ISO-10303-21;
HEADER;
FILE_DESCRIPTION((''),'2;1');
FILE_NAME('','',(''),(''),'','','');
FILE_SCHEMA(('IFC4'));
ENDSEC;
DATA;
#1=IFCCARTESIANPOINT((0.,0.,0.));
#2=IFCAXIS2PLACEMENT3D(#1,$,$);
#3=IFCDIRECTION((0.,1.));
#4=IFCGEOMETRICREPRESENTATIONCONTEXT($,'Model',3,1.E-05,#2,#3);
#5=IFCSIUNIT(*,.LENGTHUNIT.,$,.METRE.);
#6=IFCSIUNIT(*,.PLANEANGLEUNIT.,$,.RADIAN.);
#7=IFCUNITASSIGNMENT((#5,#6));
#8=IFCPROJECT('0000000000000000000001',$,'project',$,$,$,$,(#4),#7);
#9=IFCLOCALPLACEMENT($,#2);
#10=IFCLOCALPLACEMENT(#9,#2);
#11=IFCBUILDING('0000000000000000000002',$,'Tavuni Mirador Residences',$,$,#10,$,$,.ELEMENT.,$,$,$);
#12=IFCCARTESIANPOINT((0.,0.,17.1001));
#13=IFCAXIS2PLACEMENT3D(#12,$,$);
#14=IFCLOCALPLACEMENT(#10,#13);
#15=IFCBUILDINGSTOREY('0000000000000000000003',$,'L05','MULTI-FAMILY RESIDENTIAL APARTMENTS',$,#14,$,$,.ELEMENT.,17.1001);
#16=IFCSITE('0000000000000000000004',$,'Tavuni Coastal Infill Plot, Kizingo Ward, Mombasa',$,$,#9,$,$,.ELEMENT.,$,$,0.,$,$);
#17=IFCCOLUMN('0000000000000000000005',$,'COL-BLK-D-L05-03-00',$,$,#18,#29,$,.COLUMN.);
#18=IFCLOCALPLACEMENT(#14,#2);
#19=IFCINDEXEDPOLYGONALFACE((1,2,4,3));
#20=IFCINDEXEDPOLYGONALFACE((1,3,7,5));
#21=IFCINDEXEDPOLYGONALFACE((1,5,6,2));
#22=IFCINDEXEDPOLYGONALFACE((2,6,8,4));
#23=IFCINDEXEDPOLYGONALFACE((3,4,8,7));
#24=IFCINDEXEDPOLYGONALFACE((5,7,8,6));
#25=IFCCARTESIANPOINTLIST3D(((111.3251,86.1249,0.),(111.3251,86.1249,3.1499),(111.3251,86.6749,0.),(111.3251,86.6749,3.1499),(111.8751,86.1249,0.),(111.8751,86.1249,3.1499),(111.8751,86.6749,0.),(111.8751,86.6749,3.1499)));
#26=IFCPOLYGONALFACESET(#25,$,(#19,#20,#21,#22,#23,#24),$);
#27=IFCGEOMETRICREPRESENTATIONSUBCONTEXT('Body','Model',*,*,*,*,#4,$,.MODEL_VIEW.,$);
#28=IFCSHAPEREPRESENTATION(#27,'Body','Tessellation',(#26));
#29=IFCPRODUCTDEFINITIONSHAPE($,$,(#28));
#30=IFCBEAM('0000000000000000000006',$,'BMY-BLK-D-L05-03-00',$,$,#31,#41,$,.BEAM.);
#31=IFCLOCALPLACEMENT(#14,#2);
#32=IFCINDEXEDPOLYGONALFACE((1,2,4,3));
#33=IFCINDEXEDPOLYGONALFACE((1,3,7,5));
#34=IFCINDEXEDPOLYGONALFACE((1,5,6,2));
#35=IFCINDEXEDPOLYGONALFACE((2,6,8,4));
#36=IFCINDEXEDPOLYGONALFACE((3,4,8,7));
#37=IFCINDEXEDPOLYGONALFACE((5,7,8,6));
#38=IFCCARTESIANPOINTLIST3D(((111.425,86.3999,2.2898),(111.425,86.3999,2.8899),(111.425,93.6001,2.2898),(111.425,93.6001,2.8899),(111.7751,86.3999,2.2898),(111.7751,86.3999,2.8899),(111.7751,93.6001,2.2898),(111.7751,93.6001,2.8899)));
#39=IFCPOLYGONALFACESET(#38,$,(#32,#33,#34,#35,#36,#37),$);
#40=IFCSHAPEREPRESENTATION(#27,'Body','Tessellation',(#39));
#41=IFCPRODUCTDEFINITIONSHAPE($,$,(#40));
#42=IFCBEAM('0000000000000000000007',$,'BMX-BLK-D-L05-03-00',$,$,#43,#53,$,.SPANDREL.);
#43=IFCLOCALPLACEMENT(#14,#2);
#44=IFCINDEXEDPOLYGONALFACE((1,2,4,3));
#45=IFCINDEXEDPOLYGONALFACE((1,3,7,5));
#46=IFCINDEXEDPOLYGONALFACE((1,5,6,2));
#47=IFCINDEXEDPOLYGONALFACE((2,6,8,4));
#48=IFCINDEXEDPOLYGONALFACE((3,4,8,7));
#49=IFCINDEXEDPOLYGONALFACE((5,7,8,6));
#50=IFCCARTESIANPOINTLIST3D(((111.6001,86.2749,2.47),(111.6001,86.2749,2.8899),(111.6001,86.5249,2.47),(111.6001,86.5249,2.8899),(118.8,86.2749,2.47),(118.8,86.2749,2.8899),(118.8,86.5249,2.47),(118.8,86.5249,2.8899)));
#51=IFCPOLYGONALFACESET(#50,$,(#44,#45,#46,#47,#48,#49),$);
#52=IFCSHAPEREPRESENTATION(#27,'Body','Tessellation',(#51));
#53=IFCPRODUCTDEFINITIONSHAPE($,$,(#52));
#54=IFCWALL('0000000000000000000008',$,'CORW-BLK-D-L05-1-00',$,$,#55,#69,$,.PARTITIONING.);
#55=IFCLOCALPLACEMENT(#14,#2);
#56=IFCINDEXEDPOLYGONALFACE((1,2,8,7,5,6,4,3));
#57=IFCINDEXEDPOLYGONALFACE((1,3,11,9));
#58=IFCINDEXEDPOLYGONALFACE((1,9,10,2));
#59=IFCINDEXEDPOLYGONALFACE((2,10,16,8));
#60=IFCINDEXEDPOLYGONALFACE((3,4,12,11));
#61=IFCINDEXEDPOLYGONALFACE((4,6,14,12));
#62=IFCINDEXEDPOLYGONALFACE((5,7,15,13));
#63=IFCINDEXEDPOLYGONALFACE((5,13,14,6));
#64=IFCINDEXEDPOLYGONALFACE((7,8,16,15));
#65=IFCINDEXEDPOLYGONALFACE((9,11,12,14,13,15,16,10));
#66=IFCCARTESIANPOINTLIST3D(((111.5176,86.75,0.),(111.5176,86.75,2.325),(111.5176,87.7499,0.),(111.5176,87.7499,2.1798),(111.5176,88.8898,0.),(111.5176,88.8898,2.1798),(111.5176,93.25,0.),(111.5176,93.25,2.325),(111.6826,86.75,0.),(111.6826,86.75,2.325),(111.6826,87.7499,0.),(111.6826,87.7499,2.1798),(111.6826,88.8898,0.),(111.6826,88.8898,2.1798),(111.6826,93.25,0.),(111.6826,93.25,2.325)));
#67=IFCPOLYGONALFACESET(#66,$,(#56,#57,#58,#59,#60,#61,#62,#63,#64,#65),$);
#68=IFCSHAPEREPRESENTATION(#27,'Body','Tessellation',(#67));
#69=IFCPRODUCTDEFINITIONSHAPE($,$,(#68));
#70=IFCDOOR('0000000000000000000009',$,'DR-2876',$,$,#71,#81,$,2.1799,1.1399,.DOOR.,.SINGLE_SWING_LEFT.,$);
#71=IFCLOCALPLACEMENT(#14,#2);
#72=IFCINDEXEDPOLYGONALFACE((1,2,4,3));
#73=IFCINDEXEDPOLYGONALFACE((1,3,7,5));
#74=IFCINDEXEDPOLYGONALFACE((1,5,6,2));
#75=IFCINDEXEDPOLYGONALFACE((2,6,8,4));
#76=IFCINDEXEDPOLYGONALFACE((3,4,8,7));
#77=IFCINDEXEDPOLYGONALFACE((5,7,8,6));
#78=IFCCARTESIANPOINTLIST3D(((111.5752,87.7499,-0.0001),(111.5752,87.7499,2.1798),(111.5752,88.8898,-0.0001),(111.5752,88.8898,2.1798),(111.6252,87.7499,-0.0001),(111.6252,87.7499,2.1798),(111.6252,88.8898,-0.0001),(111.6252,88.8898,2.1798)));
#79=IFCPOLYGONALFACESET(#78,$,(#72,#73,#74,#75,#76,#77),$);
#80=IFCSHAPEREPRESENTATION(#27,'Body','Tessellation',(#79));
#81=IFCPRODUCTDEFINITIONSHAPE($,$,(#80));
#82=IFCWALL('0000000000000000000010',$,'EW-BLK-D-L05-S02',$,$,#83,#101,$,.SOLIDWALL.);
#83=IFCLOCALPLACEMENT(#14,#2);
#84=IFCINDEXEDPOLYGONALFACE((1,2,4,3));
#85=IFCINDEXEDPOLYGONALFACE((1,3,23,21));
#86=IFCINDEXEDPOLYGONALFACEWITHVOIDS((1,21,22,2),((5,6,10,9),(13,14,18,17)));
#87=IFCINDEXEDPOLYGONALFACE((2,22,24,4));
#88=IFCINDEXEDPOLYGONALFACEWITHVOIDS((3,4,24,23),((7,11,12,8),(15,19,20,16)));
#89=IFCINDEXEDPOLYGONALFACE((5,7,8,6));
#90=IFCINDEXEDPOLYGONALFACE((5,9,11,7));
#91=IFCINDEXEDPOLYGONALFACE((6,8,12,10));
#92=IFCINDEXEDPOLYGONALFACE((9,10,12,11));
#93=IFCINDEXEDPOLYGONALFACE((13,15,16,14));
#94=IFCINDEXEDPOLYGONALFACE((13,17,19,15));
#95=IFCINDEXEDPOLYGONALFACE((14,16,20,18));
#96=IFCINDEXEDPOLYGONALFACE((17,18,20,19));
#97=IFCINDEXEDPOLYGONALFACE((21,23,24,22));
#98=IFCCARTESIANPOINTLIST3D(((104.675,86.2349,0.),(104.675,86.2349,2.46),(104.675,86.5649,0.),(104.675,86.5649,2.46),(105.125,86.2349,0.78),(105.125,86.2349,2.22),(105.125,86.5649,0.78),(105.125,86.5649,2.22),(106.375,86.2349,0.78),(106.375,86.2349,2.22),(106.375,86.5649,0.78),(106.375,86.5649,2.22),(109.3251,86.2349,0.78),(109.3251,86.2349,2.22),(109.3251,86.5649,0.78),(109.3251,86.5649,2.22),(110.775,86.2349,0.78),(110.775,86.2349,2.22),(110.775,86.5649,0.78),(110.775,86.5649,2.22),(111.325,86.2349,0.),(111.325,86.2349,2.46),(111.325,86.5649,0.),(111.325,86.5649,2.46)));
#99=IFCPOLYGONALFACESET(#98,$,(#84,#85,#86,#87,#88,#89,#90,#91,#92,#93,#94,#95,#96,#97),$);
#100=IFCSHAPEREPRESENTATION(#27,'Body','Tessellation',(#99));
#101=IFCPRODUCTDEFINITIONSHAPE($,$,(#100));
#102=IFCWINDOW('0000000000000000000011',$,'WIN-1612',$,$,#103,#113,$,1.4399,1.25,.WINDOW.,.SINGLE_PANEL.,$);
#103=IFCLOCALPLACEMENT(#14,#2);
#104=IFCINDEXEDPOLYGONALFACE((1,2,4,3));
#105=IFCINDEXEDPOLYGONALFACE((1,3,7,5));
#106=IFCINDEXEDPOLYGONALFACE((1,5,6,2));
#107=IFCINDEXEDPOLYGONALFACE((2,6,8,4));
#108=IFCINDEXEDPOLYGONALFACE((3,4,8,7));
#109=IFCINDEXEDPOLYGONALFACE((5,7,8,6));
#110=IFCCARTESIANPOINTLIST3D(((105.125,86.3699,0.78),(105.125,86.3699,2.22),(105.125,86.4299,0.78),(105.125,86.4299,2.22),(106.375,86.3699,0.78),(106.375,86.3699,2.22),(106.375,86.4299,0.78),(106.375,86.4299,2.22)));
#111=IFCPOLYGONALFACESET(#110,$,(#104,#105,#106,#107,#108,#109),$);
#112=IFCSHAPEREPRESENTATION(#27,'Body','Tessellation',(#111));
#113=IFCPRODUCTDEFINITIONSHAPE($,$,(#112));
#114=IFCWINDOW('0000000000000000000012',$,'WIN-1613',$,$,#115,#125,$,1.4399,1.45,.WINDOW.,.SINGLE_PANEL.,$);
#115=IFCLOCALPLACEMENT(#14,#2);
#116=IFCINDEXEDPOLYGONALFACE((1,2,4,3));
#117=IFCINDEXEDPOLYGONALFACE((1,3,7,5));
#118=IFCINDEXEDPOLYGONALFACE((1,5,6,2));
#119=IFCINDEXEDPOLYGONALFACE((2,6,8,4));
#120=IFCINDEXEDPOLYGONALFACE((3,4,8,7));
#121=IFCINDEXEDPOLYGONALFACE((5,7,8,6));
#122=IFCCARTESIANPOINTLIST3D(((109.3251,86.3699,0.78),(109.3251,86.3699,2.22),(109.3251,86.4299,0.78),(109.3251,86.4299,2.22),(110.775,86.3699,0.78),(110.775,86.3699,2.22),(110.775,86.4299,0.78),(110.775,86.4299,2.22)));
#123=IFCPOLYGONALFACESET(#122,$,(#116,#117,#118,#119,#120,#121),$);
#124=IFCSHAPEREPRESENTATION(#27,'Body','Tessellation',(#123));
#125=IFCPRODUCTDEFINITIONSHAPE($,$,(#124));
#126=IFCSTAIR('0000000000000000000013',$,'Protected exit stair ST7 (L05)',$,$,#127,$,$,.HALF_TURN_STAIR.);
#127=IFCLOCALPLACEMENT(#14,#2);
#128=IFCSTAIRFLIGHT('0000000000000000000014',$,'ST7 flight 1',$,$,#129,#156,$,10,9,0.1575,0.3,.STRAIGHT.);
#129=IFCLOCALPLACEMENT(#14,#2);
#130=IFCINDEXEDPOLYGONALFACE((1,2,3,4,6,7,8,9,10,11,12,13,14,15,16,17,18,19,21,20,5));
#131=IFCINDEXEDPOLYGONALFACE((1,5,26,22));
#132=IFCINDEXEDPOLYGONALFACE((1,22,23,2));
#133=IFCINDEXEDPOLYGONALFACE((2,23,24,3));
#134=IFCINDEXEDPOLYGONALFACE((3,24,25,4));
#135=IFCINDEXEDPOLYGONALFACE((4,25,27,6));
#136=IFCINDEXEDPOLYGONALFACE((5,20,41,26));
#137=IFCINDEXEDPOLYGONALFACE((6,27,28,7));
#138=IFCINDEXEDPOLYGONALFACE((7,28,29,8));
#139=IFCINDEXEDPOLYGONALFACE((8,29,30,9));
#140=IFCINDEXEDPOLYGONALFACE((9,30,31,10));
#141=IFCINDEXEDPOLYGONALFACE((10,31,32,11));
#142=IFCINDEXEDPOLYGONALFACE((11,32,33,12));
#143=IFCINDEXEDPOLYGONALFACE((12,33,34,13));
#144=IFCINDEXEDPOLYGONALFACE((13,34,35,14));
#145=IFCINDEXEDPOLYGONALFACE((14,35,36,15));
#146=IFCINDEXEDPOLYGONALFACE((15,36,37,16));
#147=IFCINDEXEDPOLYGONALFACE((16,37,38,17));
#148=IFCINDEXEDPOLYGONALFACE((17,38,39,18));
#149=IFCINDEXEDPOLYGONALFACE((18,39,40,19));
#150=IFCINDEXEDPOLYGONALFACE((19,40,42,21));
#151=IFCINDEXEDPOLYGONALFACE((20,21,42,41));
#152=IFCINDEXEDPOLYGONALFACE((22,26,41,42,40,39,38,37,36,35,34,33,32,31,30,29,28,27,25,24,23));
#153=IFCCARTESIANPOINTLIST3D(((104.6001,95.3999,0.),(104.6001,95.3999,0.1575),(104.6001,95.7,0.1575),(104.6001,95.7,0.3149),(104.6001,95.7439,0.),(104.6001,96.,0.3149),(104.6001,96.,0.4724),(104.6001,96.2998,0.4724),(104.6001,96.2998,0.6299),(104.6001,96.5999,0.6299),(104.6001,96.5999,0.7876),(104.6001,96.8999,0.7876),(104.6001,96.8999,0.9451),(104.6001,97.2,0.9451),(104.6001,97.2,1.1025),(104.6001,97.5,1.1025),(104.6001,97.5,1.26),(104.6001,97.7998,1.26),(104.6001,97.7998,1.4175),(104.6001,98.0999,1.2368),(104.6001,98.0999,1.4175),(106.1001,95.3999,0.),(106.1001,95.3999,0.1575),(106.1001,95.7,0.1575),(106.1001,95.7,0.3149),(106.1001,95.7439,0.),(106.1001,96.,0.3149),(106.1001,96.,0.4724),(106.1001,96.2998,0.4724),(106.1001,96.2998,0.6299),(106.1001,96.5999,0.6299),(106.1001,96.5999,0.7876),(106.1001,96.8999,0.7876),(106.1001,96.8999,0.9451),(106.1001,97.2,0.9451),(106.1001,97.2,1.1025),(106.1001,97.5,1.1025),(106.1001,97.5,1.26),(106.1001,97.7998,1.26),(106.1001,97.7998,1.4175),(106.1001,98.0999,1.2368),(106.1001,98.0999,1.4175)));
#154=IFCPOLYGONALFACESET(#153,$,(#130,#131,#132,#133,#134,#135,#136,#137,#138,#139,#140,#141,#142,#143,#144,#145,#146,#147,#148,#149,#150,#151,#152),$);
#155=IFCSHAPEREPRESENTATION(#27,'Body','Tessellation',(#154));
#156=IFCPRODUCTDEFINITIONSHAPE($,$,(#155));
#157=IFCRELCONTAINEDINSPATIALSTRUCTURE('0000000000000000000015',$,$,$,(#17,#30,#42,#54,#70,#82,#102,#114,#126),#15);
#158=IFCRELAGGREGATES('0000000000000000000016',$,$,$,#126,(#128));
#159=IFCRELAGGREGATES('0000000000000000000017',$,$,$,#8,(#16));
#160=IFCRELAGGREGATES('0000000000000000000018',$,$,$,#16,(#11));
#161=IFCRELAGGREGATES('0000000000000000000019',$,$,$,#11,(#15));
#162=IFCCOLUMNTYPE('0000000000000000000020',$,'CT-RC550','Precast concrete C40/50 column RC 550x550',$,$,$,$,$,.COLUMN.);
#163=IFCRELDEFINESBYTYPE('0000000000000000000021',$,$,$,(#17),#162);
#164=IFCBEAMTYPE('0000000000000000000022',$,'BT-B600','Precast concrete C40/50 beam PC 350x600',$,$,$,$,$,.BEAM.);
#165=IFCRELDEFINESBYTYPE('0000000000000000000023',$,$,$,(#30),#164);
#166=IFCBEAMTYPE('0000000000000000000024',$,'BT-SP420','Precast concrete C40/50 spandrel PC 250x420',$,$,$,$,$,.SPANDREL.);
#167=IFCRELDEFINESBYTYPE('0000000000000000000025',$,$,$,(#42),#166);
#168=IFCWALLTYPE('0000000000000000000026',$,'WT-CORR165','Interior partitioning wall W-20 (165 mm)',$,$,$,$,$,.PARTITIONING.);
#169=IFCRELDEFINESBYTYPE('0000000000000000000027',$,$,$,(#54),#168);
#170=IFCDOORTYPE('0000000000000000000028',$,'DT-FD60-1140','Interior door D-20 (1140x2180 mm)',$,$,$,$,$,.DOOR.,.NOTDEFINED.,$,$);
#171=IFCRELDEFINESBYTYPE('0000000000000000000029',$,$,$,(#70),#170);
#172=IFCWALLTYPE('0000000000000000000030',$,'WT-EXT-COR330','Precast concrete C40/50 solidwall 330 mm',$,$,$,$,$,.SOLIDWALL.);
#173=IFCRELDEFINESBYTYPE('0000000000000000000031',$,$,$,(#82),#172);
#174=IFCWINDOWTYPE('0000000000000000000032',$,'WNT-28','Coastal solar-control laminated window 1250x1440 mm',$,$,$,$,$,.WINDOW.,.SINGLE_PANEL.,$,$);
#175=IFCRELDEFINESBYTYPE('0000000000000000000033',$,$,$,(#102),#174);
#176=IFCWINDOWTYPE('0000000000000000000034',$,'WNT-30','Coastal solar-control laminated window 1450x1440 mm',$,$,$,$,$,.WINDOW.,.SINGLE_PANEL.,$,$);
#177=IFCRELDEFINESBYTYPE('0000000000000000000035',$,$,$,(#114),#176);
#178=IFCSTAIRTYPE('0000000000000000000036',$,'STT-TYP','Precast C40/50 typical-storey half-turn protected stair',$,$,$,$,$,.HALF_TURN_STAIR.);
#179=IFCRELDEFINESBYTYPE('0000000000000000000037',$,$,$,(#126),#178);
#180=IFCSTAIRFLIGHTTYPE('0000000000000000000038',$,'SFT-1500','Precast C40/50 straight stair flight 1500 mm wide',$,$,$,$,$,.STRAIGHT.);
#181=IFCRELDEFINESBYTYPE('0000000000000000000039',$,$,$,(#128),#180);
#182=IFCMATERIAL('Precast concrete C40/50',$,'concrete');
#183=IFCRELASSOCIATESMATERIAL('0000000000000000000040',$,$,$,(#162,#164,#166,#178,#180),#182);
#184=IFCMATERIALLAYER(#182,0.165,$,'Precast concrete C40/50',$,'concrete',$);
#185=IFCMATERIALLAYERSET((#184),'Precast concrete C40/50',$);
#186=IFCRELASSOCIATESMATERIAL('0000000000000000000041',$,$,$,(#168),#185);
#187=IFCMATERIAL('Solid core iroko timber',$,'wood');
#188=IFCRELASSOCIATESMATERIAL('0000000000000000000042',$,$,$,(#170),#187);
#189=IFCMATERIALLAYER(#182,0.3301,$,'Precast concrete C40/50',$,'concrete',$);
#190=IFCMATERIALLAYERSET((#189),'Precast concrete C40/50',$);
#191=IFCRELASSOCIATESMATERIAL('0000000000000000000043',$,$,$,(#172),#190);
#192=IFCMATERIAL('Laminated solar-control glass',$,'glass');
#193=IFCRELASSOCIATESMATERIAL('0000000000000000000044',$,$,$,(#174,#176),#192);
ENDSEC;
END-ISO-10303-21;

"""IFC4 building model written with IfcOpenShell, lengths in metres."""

from ifc_helpers import new_model, si_unit, direction, frame, frame_2d, origin, origin_2d, place, context, subcontext, project, spatial, polyline, rectangle, outline, extrude, material, layer, layer_set, material_profile, profile_set, type_object, element, fill, aggregate, save


model = new_model("IFC4")

# Units and contexts
model_context = context("Model", 3, precision=1e-05, world=origin(), true_north=direction((0.0, 1.0)))
body_context = subcontext(model_context, "Body", "Model", "MODEL_VIEW")
ifc_project = project(units=[si_unit("LENGTHUNIT", "METRE"), si_unit("PLANEANGLEUNIT", "RADIAN")], contexts=[model_context])

# Site, building, storey
site_placement = place(None, origin())
site = spatial("IfcSite", under=ifc_project, at=site_placement, Name="Tavuni Coastal Infill Plot, Kizingo Ward, Mombasa", CompositionType="ELEMENT", RefElevation=0.0)
building_placement = place(site_placement, origin())
building = spatial("IfcBuilding", under=site, at=building_placement, Name="Tavuni Mirador Residences", CompositionType="ELEMENT")
storey_placement = place(building_placement, frame((0.0, 0.0, 17.1001)))
storey = spatial("IfcBuildingStorey", under=building, at=storey_placement, Name="L05", Description="MULTI-FAMILY RESIDENTIAL APARTMENTS", CompositionType="ELEMENT", Elevation=17.1001)

# Column
ifc_material_1 = material(Name="Precast concrete C40/50", Category="concrete")
ifc_material_profile_1 = material_profile(ifc_material_1, rectangle(XDim=0.55, YDim=0.55, at=origin_2d()), Name="RC 550x550", Category="concrete")
ifc_profile_set_1 = profile_set([ifc_material_profile_1], Name="Precast concrete C40/50")
column_type = type_object("IfcColumnType", Name="CT-RC550", Description="Precast concrete C40/50 column RC 550x550", PredefinedType="COLUMN", material=ifc_profile_set_1)
column_placement = place(storey_placement, frame((111.6001, 86.3999, 0.0), z_axis=(0.0, 0.0, 1.0), x_axis=(1.0, 0.0, 0.0)))
element("IfcColumn", 1, at=column_placement, inside=storey, type_object=column_type, Name="COL-BLK-D-L05-03-00", PredefinedType="COLUMN", context=body_context, shape_type="SweptSolid", body=[
    extrude(rectangle(XDim=0.55, YDim=0.55, at=origin_2d()), origin(), (0.0, 0.0, 1.0), 3.1499),
])

# Beams
ifc_material_profile_2 = material_profile(ifc_material_1, rectangle(XDim=0.3501, YDim=0.6001, at=origin_2d()), Name="PC 350x600", Category="concrete")
ifc_profile_set_2 = profile_set([ifc_material_profile_2], Name="Precast concrete C40/50")
beam_type_1 = type_object("IfcBeamType", Name="BT-B600", Description="Precast concrete C40/50 beam PC 350x600", PredefinedType="BEAM", material=ifc_profile_set_2)
beam_1_placement = place(storey_placement, frame((111.6001, 86.3999, 2.5898), z_axis=(0.0, 1.0, 0.0), x_axis=(-1.0, 0.0, 0.0)))
element("IfcBeam", 2, at=beam_1_placement, inside=storey, type_object=beam_type_1, Name="BMY-BLK-D-L05-03-00", PredefinedType="BEAM", context=body_context, shape_type="SweptSolid", body=[
    extrude(rectangle(XDim=0.3501, YDim=0.6001, at=origin_2d()), origin(), (0.0, 0.0, 1.0), 7.2002),
])
ifc_material_profile_3 = material_profile(ifc_material_1, rectangle(XDim=0.25, YDim=0.4199, at=origin_2d()), Name="PC 250x420", Category="concrete")
ifc_profile_set_3 = profile_set([ifc_material_profile_3], Name="Precast concrete C40/50")
beam_type_2 = type_object("IfcBeamType", Name="BT-SP420", Description="Precast concrete C40/50 spandrel PC 250x420", PredefinedType="SPANDREL", material=ifc_profile_set_3)
beam_2_placement = place(storey_placement, frame((111.6001, 86.3999, 2.6799), z_axis=(1.0, 0.0, 0.0), x_axis=(0.0, 1.0, 0.0)))
element("IfcBeam", 3, at=beam_2_placement, inside=storey, type_object=beam_type_2, Name="BMX-BLK-D-L05-03-00", PredefinedType="SPANDREL", context=body_context, shape_type="SweptSolid", body=[
    extrude(rectangle(XDim=0.25, YDim=0.4199, at=origin_2d()), origin(), (0.0, 0.0, 1.0), 7.2),
])

# Wall, opening, door
ifc_material_2 = material(Name="Solid core iroko timber", Category="wood")
ifc_layer_1 = layer(ifc_material_1, 0.165, Name="Precast concrete C40/50", Category="concrete")
ifc_layer_set_1 = layer_set([ifc_layer_1], Name="Precast concrete C40/50")
wall_type_1 = type_object("IfcWallType", Name="WT-CORR165", Description="Interior partitioning wall W-20 (165 mm)", PredefinedType="PARTITIONING", material=ifc_layer_set_1)
wall_1_placement = place(storey_placement, frame((111.6001, 86.75, 0.0), z_axis=(0.0, 0.0, 1.0), x_axis=(0.0, 1.0, 0.0)))
wall_1 = element("IfcWall", 4, at=wall_1_placement, inside=storey, type_object=wall_type_1, Name="CORW-BLK-D-L05-1-00", PredefinedType="PARTITIONING", context=body_context, shape_type="SweptSolid", body=[
    extrude(rectangle(XDim=6.5, YDim=0.165, at=frame_2d((3.25, 0.0))), origin(), (0.0, 0.0, 1.0), 2.325),
])
opening_1_placement = place(wall_1_placement, frame((1.0, 0.0, 0.0)))
opening_1 = element("IfcOpeningElement", 5, at=opening_1_placement, cuts=wall_1, PredefinedType="OPENING", context=body_context, shape_type="SweptSolid", body=[
    extrude(rectangle(XDim=1.1399, YDim=2.1799, at=frame_2d((0.5698, 1.0898))), frame((0.0, 0.0925, 0.0), z_axis=(0.0, -1.0, 0.0), x_axis=(1.0, 0.0, 0.0)), (0.0, 0.0, 1.0), 0.1851),
])
door_type_1 = type_object("IfcDoorType", Name="DT-FD60-1140", Description="Interior door D-20 (1140x2180 mm)", OperationType="NOTDEFINED", PredefinedType="DOOR", material=ifc_material_2)
door_1_placement = place(opening_1_placement, origin())
door_1 = element("IfcDoor", 6, at=door_1_placement, inside=storey, type_object=door_type_1, Name="DR-2876", OperationType="SINGLE_SWING_LEFT", OverallHeight=2.1799, OverallWidth=1.1399, PredefinedType="DOOR", context=body_context, shape_type="SweptSolid", body=[
    extrude(rectangle(XDim=1.1399, YDim=2.1799, at=frame_2d((0.5698, 1.0898))), frame((0.0, 0.0249, 0.0), z_axis=(0.0, -1.0, 0.0), x_axis=(1.0, 0.0, 0.0)), (0.0, 0.0, 1.0), 0.05),
])
fill(opening_1, door_1)

# Wall, openings, windows
ifc_layer_2 = layer(ifc_material_1, 0.3301, Name="Precast concrete C40/50", Category="concrete")
ifc_layer_set_2 = layer_set([ifc_layer_2], Name="Precast concrete C40/50")
wall_type_2 = type_object("IfcWallType", Name="WT-EXT-COR330", Description="Precast concrete C40/50 solidwall 330 mm", PredefinedType="SOLIDWALL", material=ifc_layer_set_2)
wall_2_placement = place(storey_placement, frame((104.675, 86.3999, 0.0), z_axis=(0.0, 0.0, 1.0), x_axis=(1.0, 0.0, 0.0)))
wall_2 = element("IfcWall", 7, at=wall_2_placement, inside=storey, type_object=wall_type_2, Name="EW-BLK-D-L05-S02", PredefinedType="SOLIDWALL", context=body_context, shape_type="SweptSolid", body=[
    extrude(rectangle(XDim=6.6499, YDim=0.3301, at=frame_2d((3.325, 0.0))), origin(), (0.0, 0.0, 1.0), 2.46),
])
opening_2_placement = place(wall_2_placement, frame((0.45, 0.0, 0.78)))
opening_2 = element("IfcOpeningElement", 8, at=opening_2_placement, cuts=wall_2, PredefinedType="OPENING", context=body_context, shape_type="SweptSolid", body=[
    extrude(rectangle(XDim=1.25, YDim=1.4399, at=frame_2d((0.625, 0.72))), frame((0.0, 0.175, 0.0), z_axis=(0.0, -1.0, 0.0), x_axis=(1.0, 0.0, 0.0)), (0.0, 0.0, 1.0), 0.3501),
])
opening_3_placement = place(wall_2_placement, frame((4.6499, 0.0, 0.78)))
opening_3 = element("IfcOpeningElement", 9, at=opening_3_placement, cuts=wall_2, PredefinedType="OPENING", context=body_context, shape_type="SweptSolid", body=[
    extrude(rectangle(XDim=1.45, YDim=1.4399, at=frame_2d((0.7251, 0.72))), frame((0.0, 0.175, 0.0), z_axis=(0.0, -1.0, 0.0), x_axis=(1.0, 0.0, 0.0)), (0.0, 0.0, 1.0), 0.3501),
])
ifc_material_3 = material(Name="Laminated solar-control glass", Category="glass")
window_type_1 = type_object("IfcWindowType", Name="WNT-28", Description="Coastal solar-control laminated window 1250x1440 mm", PartitioningType="SINGLE_PANEL", PredefinedType="WINDOW", material=ifc_material_3)
window_1_placement = place(opening_2_placement, origin())
window_1 = element("IfcWindow", 10, at=window_1_placement, inside=storey, type_object=window_type_1, Name="WIN-1612", OverallHeight=1.4399, OverallWidth=1.25, PartitioningType="SINGLE_PANEL", PredefinedType="WINDOW", context=body_context, shape_type="SweptSolid", body=[
    extrude(rectangle(XDim=1.25, YDim=1.4399, at=frame_2d((0.625, 0.72))), frame((0.0, 0.03, 0.0), z_axis=(0.0, -1.0, 0.0), x_axis=(1.0, 0.0, 0.0)), (0.0, 0.0, 1.0), 0.0601),
])
fill(opening_2, window_1)
window_type_2 = type_object("IfcWindowType", Name="WNT-30", Description="Coastal solar-control laminated window 1450x1440 mm", PartitioningType="SINGLE_PANEL", PredefinedType="WINDOW", material=ifc_material_3)
window_2_placement = place(opening_3_placement, origin())
window_2 = element("IfcWindow", 11, at=window_2_placement, inside=storey, type_object=window_type_2, Name="WIN-1613", OverallHeight=1.4399, OverallWidth=1.45, PartitioningType="SINGLE_PANEL", PredefinedType="WINDOW", context=body_context, shape_type="SweptSolid", body=[
    extrude(rectangle(XDim=1.45, YDim=1.4399, at=frame_2d((0.7251, 0.72))), frame((0.0, 0.03, 0.0), z_axis=(0.0, -1.0, 0.0), x_axis=(1.0, 0.0, 0.0)), (0.0, 0.0, 1.0), 0.0601),
])
fill(opening_3, window_2)

# Stair, stair flight
stair_type = type_object("IfcStairType", Name="STT-TYP", Description="Precast C40/50 typical-storey half-turn protected stair", PredefinedType="HALF_TURN_STAIR", material=ifc_material_1)
stair_placement = place(storey_placement, origin())
stair = element("IfcStair", 12, at=stair_placement, inside=storey, type_object=stair_type, Name="Protected exit stair ST7 (L05)", PredefinedType="HALF_TURN_STAIR")
stair_flight_type = type_object("IfcStairFlightType", Name="SFT-1500", Description="Precast C40/50 straight stair flight 1500 mm wide", PredefinedType="STRAIGHT", material=ifc_material_1)
stair_flight_placement = place(storey_placement, frame((105.3501, 95.3999, 0.0), z_axis=(0.0, 0.0, 1.0), x_axis=(0.0, 1.0, 0.0)))
stair_flight = element("IfcStairFlight", 13, at=stair_flight_placement, type_object=stair_flight_type, Name="ST7 flight 1", NumberOfRisers=10, NumberOfTreads=9, PredefinedType="STRAIGHT", RiserHeight=0.1575, TreadLength=0.3, context=body_context, shape_type="SweptSolid", body=[
    extrude(outline(polyline([(0.0, 0.0), (0.0, 0.1575), (0.3, 0.1575), (0.3, 0.3149), (0.6001, 0.3149), (0.6001, 0.4724), (0.8999, 0.4724), (0.8999, 0.6299), (1.2, 0.6299), (1.2, 0.7876), (1.5, 0.7876), (1.5, 0.9451), (1.8, 0.9451), (1.8, 1.1025), (2.1001, 1.1025), (2.1001, 1.26), (2.3999, 1.26), (2.3999, 1.4175), (2.7, 1.4175), (2.7, 1.575), (2.7, 1.2368), (0.344, 0.0), (0.0, 0.0)])), frame((0.0, 0.75, 0.0), z_axis=(0.0, -1.0, 0.0), x_axis=(1.0, 0.0, 0.0)), (0.0, 0.0, 1.0), 1.5),
])
aggregate(stair, [stair_flight])

save(model, "model.ifc")
